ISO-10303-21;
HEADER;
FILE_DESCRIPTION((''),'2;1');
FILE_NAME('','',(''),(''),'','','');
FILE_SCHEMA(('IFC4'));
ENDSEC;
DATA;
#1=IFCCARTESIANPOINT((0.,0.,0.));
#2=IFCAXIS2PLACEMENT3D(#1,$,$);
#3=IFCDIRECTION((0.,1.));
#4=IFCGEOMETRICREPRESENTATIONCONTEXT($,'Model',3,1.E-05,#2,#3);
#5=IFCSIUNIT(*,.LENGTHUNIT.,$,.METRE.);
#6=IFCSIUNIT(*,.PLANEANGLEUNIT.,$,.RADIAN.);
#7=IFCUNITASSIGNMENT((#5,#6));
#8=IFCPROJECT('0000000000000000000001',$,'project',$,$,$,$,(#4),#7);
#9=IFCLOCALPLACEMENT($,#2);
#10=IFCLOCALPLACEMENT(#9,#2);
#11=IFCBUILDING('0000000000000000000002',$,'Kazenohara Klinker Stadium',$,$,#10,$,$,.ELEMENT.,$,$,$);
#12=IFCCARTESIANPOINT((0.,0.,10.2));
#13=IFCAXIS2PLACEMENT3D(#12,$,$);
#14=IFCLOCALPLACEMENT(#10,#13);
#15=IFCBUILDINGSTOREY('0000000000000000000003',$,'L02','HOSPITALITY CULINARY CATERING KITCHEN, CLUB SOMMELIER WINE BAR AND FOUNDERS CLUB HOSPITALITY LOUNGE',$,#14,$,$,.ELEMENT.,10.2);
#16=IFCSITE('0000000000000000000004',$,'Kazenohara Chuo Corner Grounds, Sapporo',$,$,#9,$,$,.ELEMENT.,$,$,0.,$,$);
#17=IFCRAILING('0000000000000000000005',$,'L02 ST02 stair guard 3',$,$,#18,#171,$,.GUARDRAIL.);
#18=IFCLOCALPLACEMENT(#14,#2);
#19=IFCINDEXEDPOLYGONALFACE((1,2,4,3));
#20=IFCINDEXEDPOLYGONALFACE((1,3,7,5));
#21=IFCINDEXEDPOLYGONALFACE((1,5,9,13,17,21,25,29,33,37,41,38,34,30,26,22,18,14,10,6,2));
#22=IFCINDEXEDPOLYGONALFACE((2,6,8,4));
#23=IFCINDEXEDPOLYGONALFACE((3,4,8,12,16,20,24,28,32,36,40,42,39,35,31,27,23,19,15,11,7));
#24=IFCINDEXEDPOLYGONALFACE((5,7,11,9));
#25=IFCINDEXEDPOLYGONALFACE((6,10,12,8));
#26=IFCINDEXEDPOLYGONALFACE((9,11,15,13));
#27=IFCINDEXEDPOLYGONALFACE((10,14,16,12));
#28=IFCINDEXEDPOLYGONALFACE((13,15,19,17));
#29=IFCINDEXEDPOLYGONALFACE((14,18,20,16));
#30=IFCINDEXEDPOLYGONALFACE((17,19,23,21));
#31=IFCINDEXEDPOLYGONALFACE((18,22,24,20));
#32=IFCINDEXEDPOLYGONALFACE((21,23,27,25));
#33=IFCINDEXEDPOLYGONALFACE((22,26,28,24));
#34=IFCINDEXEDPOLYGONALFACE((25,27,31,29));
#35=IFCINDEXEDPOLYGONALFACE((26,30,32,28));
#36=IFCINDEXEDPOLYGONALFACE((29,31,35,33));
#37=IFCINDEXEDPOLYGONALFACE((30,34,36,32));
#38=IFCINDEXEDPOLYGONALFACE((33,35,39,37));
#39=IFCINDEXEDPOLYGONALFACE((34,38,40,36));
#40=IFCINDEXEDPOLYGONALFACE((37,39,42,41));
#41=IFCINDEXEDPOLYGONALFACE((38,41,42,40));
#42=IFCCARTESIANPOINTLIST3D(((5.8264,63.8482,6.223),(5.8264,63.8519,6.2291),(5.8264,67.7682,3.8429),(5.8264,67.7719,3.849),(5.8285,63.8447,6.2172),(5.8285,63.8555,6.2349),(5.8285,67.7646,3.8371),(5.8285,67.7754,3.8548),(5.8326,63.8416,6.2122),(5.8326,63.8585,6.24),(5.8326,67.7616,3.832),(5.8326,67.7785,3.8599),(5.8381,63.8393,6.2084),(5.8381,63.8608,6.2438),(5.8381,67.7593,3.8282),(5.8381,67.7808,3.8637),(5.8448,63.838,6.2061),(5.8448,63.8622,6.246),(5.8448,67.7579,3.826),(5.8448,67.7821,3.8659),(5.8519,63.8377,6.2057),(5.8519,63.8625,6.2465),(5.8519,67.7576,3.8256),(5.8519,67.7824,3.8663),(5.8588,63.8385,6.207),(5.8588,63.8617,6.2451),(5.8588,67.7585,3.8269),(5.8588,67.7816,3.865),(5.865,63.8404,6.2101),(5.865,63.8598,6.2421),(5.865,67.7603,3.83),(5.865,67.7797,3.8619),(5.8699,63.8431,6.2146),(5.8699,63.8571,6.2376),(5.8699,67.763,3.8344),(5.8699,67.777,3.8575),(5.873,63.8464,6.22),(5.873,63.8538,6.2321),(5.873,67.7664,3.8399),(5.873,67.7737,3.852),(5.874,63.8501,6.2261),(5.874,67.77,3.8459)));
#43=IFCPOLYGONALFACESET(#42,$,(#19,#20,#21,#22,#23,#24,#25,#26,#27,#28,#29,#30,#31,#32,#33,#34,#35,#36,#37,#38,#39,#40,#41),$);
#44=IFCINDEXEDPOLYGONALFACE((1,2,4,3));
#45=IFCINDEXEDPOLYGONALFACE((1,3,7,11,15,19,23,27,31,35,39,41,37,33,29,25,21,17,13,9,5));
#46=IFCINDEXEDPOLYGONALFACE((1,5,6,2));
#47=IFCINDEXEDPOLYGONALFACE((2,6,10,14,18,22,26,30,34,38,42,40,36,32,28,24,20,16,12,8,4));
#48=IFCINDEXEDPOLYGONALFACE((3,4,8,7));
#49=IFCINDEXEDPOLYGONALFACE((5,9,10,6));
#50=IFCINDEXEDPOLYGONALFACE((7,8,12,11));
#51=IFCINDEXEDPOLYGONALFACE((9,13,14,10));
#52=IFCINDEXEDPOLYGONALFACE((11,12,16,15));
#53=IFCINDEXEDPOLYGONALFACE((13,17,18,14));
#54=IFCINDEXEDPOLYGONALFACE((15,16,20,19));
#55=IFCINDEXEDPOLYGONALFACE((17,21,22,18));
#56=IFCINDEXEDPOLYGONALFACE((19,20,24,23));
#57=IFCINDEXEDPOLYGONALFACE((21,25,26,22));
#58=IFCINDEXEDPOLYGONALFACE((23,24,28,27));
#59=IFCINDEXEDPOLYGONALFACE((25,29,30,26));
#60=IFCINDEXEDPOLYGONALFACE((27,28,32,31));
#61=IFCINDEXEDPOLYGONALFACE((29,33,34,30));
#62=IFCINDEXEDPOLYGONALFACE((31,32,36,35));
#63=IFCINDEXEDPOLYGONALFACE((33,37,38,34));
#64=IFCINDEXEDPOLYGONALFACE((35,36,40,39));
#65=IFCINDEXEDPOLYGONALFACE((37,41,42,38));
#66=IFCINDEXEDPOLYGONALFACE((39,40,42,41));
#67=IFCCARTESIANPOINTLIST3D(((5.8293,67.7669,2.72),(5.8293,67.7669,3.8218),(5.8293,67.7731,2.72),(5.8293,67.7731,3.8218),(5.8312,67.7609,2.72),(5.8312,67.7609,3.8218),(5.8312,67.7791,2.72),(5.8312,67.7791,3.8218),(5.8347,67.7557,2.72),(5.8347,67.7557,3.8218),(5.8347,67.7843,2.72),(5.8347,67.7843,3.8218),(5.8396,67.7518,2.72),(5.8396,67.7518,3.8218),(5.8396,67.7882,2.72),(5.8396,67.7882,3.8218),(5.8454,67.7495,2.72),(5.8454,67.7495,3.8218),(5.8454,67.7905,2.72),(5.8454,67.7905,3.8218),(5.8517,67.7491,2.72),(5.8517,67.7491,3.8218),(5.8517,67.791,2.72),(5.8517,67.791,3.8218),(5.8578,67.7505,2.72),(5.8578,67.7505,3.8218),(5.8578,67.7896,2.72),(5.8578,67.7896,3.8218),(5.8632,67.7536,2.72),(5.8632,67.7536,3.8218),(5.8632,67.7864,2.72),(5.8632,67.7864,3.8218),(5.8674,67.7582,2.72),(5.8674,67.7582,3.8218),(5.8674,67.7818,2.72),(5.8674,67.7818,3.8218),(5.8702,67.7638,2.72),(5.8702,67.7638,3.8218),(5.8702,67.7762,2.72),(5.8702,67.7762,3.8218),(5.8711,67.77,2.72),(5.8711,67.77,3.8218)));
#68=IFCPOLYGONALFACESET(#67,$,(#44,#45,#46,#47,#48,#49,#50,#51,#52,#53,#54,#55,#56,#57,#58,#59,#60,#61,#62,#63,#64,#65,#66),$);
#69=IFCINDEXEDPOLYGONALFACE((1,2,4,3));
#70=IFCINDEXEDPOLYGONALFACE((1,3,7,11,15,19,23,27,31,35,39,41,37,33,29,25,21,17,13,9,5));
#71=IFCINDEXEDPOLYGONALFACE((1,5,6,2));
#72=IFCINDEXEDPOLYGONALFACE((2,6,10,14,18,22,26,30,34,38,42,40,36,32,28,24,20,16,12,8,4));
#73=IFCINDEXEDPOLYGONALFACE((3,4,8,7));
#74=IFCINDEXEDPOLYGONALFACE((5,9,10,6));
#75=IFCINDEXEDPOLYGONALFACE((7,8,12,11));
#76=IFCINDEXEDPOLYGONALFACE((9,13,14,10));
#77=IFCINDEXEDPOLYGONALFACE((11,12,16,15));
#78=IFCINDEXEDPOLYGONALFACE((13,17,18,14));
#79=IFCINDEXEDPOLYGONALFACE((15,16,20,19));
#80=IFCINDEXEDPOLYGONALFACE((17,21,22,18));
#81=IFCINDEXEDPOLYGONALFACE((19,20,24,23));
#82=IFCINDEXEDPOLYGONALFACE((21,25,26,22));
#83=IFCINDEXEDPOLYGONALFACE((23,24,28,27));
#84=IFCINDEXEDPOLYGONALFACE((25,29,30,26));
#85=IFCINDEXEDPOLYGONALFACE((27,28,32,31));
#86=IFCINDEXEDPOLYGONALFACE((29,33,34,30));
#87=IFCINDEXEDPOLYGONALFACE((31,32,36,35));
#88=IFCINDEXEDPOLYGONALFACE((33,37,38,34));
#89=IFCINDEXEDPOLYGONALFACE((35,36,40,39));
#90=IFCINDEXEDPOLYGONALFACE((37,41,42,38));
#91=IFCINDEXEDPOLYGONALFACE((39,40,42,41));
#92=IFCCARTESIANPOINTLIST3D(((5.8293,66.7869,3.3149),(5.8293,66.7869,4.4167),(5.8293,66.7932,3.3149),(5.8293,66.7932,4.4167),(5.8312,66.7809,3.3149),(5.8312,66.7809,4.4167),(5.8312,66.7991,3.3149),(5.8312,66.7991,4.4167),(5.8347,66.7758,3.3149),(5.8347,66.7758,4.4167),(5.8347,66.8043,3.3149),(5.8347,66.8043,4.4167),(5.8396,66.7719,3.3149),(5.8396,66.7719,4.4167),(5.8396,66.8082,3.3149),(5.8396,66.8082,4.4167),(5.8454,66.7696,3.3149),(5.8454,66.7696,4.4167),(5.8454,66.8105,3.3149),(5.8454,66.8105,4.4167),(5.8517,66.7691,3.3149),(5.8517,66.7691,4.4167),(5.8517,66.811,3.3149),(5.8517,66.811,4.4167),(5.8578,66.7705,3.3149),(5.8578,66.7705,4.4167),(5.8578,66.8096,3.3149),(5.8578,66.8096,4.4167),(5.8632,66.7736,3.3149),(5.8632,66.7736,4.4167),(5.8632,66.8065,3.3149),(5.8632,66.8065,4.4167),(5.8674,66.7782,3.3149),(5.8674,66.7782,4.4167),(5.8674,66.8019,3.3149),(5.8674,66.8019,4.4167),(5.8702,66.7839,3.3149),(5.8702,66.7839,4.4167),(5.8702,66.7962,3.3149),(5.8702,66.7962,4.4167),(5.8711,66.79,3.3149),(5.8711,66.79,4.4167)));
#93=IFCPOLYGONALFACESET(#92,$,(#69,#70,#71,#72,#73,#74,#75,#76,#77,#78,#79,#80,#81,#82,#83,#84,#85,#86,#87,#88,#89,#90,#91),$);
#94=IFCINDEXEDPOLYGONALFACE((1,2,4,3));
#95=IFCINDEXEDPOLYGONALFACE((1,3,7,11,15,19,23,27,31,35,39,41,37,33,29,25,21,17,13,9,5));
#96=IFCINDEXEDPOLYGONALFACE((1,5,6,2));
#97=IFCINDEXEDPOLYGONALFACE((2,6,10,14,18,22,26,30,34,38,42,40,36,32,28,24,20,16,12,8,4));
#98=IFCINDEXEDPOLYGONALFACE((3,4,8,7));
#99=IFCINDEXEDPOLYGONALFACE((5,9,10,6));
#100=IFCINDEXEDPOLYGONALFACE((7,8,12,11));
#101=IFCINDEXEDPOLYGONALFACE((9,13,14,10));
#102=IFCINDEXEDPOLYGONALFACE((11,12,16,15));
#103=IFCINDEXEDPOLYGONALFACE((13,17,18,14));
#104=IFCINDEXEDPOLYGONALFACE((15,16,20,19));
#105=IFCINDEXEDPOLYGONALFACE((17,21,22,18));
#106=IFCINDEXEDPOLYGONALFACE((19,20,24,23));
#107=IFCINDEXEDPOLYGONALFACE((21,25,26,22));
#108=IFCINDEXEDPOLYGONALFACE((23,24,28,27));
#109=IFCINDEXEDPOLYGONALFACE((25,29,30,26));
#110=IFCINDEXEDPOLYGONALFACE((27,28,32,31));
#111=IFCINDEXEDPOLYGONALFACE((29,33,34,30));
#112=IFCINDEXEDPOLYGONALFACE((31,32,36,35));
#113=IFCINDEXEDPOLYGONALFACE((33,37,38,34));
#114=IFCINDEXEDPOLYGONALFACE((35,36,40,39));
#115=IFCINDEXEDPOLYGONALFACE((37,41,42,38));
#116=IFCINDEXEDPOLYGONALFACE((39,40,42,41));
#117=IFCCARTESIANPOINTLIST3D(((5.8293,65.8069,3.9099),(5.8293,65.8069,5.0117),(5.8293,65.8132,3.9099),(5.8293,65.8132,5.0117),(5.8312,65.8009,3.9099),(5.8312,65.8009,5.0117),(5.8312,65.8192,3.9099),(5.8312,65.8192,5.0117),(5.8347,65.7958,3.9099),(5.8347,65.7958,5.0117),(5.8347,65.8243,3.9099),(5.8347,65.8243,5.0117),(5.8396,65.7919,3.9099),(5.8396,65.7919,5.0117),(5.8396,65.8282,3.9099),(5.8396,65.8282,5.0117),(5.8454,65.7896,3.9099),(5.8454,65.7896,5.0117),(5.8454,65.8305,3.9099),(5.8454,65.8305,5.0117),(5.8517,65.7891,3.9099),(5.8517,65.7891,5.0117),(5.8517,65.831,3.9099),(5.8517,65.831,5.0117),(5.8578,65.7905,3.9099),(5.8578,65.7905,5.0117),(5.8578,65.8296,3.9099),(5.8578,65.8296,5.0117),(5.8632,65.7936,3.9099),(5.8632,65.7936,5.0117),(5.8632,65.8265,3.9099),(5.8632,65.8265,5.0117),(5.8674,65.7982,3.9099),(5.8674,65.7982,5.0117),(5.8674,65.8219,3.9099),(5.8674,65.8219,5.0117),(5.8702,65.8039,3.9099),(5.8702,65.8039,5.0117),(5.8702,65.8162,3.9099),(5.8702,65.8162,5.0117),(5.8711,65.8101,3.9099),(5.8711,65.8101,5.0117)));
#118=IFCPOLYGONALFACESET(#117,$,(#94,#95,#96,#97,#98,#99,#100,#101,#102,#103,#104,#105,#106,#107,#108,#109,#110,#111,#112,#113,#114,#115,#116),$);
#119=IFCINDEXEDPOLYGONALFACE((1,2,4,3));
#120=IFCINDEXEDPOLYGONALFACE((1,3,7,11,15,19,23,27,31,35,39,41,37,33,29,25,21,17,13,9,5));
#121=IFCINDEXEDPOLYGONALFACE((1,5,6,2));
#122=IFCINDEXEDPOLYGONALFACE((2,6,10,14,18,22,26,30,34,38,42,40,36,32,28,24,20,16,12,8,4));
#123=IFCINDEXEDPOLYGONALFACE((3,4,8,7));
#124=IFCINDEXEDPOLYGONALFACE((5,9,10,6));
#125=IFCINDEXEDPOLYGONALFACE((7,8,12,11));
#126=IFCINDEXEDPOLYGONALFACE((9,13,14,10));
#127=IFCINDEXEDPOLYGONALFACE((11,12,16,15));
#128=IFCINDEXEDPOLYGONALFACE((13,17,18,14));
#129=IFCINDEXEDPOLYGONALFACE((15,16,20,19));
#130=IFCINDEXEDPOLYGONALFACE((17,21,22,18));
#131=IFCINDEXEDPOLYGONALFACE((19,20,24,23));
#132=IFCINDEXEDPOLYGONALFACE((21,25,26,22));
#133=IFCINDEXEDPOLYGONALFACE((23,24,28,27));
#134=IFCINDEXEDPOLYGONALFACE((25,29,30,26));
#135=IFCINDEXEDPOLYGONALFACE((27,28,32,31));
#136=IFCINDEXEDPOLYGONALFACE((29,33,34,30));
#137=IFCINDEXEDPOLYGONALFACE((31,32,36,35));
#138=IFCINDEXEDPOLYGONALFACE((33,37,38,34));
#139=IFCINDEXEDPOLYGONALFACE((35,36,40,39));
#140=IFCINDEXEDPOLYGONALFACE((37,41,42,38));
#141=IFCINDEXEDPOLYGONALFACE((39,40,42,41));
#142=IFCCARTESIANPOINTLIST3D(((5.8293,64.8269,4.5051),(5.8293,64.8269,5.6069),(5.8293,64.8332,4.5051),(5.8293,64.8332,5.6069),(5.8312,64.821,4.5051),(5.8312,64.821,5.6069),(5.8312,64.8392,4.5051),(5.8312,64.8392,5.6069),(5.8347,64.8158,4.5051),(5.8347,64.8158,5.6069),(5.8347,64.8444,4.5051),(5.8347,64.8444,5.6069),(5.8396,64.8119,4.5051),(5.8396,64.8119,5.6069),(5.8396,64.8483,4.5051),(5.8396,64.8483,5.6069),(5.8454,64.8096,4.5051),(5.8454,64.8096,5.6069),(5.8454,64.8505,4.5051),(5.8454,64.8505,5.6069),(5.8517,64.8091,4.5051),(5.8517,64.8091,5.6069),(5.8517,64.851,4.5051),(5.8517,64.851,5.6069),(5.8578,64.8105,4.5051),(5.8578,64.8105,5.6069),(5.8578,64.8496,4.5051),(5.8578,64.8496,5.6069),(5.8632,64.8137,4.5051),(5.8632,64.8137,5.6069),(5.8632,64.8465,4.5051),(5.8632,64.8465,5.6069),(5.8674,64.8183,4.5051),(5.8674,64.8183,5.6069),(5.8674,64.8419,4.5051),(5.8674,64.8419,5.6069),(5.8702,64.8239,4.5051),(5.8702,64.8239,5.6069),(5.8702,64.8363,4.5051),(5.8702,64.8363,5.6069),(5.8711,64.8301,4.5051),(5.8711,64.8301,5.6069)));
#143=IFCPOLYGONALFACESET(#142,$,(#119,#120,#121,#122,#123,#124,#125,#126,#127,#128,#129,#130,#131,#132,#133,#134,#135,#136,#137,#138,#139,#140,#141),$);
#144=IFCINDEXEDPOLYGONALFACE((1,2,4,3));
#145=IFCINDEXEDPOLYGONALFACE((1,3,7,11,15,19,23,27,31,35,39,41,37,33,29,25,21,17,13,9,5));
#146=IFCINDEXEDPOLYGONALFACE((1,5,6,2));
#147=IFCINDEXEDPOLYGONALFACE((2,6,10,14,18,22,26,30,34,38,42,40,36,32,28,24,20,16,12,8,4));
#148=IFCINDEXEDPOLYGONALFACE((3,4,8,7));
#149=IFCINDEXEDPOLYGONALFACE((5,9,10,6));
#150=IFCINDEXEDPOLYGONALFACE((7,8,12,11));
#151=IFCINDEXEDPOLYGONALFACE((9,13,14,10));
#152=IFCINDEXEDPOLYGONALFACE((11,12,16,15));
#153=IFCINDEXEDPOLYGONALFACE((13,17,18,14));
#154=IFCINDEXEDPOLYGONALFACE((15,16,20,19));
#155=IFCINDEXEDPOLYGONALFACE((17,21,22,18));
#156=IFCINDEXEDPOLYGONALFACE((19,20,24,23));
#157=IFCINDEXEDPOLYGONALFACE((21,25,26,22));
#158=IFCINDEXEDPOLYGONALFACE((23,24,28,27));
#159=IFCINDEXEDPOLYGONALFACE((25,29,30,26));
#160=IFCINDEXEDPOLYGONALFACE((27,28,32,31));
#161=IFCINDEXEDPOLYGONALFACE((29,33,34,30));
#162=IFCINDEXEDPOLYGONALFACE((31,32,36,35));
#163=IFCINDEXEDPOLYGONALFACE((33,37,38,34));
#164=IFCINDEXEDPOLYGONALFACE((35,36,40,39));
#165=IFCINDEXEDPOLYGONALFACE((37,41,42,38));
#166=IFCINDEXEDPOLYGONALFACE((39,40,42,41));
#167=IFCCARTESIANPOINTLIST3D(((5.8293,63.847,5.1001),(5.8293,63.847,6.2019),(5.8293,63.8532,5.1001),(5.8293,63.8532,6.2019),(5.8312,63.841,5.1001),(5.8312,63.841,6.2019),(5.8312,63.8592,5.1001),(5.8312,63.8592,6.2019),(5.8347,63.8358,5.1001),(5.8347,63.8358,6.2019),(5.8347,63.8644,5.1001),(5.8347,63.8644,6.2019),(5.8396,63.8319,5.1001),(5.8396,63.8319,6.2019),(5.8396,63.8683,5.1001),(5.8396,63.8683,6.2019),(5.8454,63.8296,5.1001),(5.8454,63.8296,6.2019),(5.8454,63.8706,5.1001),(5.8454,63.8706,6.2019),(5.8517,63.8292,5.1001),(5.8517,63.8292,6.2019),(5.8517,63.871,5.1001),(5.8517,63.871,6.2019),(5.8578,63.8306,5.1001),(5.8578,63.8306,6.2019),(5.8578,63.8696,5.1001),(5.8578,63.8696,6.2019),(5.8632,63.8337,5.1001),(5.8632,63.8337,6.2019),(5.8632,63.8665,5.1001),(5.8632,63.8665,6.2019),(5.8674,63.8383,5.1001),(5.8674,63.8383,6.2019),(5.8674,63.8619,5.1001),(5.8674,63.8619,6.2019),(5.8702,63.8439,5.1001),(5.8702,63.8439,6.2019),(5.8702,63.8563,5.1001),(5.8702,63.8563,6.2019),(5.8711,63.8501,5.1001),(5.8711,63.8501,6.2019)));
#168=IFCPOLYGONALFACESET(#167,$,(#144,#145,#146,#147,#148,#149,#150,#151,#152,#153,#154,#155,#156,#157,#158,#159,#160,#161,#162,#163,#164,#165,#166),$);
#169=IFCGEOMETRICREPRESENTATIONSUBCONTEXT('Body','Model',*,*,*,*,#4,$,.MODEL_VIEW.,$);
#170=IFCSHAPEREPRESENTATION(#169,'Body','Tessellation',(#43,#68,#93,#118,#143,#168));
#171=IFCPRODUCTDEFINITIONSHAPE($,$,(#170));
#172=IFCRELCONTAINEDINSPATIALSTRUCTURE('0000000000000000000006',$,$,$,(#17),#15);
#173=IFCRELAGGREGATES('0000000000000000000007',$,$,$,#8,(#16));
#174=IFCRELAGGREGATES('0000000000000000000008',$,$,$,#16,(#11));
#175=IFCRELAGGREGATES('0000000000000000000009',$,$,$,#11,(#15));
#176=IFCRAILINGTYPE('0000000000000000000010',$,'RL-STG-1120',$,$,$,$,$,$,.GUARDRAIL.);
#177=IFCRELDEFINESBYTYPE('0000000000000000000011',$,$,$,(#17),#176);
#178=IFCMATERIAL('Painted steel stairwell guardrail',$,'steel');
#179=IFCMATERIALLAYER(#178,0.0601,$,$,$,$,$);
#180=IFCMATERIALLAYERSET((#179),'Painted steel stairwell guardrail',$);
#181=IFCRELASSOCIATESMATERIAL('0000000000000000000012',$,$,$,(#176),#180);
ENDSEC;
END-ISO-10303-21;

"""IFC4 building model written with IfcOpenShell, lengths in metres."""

from ifc_helpers import new_model, si_unit, direction, frame, origin, origin_2d, place, context, subcontext, project, spatial, circle, extrude, material, layer, layer_set, type_object, element, save


model = new_model("IFC4")

# Units and contexts
model_context = context("Model", 3, precision=1e-05, world=origin(), true_north=direction((0.0, 1.0)))
body_context = subcontext(model_context, "Body", "Model", "MODEL_VIEW")
ifc_project = project(units=[si_unit("LENGTHUNIT", "METRE"), si_unit("PLANEANGLEUNIT", "RADIAN")], contexts=[model_context])

# Site, building, storey
site_placement = place(None, origin())
site = spatial("IfcSite", under=ifc_project, at=site_placement, Name="Kazenohara Chuo Corner Grounds, Sapporo", CompositionType="ELEMENT", RefElevation=0.0)
building_placement = place(site_placement, origin())
building = spatial("IfcBuilding", under=site, at=building_placement, Name="Kazenohara Klinker Stadium", CompositionType="ELEMENT")
storey_placement = place(building_placement, frame((0.0, 0.0, 10.2)))
storey = spatial("IfcBuildingStorey", under=building, at=storey_placement, Name="L02", Description="HOSPITALITY CULINARY CATERING KITCHEN, CLUB SOMMELIER WINE BAR AND FOUNDERS CLUB HOSPITALITY LOUNGE", CompositionType="ELEMENT", Elevation=10.2)

# Railing
ifc_material_1 = material(Name="Painted steel stairwell guardrail", Category="steel")
ifc_layer_1 = layer(ifc_material_1, 0.0601)
ifc_layer_set_1 = layer_set([ifc_layer_1], Name="Painted steel stairwell guardrail")
railing_type_1 = type_object("IfcRailingType", Name="RL-STG-1120", PredefinedType="GUARDRAIL", material=ifc_layer_set_1)
railing_1_placement = place(storey_placement, frame((5.8501, 67.77, 2.72)))
element("IfcRailing", 1, at=railing_1_placement, inside=storey, type_object=railing_type_1, Name="L02 ST02 stair guard 3", PredefinedType="GUARDRAIL", context=body_context, shape_type="SweptSolid", body=[
    extrude(circle(Radius=0.0239, at=origin_2d()), frame((0.0, 0.0, 1.126), z_axis=(0.0, -0.854771, 0.519006), x_axis=(1.0, 0.0, 0.0)), (0.0, 0.0, 1.0), 4.5859),
    extrude(circle(Radius=0.021, at=origin_2d()), origin(), (0.0, 0.0, 1.0), 1.1018),
    extrude(circle(Radius=0.021, at=origin_2d()), frame((0.0, -0.98, 0.595)), (0.0, 0.0, 1.0), 1.1018),
    extrude(circle(Radius=0.021, at=origin_2d()), frame((0.0, -1.96, 1.1899)), (0.0, 0.0, 1.0), 1.1018),
    extrude(circle(Radius=0.021, at=origin_2d()), frame((0.0, -2.9399, 1.7852)), (0.0, 0.0, 1.0), 1.1018),
    extrude(circle(Radius=0.021, at=origin_2d()), frame((0.0, -3.9199, 2.3801)), (0.0, 0.0, 1.0), 1.1018),
])

save(model, "model.ifc")
